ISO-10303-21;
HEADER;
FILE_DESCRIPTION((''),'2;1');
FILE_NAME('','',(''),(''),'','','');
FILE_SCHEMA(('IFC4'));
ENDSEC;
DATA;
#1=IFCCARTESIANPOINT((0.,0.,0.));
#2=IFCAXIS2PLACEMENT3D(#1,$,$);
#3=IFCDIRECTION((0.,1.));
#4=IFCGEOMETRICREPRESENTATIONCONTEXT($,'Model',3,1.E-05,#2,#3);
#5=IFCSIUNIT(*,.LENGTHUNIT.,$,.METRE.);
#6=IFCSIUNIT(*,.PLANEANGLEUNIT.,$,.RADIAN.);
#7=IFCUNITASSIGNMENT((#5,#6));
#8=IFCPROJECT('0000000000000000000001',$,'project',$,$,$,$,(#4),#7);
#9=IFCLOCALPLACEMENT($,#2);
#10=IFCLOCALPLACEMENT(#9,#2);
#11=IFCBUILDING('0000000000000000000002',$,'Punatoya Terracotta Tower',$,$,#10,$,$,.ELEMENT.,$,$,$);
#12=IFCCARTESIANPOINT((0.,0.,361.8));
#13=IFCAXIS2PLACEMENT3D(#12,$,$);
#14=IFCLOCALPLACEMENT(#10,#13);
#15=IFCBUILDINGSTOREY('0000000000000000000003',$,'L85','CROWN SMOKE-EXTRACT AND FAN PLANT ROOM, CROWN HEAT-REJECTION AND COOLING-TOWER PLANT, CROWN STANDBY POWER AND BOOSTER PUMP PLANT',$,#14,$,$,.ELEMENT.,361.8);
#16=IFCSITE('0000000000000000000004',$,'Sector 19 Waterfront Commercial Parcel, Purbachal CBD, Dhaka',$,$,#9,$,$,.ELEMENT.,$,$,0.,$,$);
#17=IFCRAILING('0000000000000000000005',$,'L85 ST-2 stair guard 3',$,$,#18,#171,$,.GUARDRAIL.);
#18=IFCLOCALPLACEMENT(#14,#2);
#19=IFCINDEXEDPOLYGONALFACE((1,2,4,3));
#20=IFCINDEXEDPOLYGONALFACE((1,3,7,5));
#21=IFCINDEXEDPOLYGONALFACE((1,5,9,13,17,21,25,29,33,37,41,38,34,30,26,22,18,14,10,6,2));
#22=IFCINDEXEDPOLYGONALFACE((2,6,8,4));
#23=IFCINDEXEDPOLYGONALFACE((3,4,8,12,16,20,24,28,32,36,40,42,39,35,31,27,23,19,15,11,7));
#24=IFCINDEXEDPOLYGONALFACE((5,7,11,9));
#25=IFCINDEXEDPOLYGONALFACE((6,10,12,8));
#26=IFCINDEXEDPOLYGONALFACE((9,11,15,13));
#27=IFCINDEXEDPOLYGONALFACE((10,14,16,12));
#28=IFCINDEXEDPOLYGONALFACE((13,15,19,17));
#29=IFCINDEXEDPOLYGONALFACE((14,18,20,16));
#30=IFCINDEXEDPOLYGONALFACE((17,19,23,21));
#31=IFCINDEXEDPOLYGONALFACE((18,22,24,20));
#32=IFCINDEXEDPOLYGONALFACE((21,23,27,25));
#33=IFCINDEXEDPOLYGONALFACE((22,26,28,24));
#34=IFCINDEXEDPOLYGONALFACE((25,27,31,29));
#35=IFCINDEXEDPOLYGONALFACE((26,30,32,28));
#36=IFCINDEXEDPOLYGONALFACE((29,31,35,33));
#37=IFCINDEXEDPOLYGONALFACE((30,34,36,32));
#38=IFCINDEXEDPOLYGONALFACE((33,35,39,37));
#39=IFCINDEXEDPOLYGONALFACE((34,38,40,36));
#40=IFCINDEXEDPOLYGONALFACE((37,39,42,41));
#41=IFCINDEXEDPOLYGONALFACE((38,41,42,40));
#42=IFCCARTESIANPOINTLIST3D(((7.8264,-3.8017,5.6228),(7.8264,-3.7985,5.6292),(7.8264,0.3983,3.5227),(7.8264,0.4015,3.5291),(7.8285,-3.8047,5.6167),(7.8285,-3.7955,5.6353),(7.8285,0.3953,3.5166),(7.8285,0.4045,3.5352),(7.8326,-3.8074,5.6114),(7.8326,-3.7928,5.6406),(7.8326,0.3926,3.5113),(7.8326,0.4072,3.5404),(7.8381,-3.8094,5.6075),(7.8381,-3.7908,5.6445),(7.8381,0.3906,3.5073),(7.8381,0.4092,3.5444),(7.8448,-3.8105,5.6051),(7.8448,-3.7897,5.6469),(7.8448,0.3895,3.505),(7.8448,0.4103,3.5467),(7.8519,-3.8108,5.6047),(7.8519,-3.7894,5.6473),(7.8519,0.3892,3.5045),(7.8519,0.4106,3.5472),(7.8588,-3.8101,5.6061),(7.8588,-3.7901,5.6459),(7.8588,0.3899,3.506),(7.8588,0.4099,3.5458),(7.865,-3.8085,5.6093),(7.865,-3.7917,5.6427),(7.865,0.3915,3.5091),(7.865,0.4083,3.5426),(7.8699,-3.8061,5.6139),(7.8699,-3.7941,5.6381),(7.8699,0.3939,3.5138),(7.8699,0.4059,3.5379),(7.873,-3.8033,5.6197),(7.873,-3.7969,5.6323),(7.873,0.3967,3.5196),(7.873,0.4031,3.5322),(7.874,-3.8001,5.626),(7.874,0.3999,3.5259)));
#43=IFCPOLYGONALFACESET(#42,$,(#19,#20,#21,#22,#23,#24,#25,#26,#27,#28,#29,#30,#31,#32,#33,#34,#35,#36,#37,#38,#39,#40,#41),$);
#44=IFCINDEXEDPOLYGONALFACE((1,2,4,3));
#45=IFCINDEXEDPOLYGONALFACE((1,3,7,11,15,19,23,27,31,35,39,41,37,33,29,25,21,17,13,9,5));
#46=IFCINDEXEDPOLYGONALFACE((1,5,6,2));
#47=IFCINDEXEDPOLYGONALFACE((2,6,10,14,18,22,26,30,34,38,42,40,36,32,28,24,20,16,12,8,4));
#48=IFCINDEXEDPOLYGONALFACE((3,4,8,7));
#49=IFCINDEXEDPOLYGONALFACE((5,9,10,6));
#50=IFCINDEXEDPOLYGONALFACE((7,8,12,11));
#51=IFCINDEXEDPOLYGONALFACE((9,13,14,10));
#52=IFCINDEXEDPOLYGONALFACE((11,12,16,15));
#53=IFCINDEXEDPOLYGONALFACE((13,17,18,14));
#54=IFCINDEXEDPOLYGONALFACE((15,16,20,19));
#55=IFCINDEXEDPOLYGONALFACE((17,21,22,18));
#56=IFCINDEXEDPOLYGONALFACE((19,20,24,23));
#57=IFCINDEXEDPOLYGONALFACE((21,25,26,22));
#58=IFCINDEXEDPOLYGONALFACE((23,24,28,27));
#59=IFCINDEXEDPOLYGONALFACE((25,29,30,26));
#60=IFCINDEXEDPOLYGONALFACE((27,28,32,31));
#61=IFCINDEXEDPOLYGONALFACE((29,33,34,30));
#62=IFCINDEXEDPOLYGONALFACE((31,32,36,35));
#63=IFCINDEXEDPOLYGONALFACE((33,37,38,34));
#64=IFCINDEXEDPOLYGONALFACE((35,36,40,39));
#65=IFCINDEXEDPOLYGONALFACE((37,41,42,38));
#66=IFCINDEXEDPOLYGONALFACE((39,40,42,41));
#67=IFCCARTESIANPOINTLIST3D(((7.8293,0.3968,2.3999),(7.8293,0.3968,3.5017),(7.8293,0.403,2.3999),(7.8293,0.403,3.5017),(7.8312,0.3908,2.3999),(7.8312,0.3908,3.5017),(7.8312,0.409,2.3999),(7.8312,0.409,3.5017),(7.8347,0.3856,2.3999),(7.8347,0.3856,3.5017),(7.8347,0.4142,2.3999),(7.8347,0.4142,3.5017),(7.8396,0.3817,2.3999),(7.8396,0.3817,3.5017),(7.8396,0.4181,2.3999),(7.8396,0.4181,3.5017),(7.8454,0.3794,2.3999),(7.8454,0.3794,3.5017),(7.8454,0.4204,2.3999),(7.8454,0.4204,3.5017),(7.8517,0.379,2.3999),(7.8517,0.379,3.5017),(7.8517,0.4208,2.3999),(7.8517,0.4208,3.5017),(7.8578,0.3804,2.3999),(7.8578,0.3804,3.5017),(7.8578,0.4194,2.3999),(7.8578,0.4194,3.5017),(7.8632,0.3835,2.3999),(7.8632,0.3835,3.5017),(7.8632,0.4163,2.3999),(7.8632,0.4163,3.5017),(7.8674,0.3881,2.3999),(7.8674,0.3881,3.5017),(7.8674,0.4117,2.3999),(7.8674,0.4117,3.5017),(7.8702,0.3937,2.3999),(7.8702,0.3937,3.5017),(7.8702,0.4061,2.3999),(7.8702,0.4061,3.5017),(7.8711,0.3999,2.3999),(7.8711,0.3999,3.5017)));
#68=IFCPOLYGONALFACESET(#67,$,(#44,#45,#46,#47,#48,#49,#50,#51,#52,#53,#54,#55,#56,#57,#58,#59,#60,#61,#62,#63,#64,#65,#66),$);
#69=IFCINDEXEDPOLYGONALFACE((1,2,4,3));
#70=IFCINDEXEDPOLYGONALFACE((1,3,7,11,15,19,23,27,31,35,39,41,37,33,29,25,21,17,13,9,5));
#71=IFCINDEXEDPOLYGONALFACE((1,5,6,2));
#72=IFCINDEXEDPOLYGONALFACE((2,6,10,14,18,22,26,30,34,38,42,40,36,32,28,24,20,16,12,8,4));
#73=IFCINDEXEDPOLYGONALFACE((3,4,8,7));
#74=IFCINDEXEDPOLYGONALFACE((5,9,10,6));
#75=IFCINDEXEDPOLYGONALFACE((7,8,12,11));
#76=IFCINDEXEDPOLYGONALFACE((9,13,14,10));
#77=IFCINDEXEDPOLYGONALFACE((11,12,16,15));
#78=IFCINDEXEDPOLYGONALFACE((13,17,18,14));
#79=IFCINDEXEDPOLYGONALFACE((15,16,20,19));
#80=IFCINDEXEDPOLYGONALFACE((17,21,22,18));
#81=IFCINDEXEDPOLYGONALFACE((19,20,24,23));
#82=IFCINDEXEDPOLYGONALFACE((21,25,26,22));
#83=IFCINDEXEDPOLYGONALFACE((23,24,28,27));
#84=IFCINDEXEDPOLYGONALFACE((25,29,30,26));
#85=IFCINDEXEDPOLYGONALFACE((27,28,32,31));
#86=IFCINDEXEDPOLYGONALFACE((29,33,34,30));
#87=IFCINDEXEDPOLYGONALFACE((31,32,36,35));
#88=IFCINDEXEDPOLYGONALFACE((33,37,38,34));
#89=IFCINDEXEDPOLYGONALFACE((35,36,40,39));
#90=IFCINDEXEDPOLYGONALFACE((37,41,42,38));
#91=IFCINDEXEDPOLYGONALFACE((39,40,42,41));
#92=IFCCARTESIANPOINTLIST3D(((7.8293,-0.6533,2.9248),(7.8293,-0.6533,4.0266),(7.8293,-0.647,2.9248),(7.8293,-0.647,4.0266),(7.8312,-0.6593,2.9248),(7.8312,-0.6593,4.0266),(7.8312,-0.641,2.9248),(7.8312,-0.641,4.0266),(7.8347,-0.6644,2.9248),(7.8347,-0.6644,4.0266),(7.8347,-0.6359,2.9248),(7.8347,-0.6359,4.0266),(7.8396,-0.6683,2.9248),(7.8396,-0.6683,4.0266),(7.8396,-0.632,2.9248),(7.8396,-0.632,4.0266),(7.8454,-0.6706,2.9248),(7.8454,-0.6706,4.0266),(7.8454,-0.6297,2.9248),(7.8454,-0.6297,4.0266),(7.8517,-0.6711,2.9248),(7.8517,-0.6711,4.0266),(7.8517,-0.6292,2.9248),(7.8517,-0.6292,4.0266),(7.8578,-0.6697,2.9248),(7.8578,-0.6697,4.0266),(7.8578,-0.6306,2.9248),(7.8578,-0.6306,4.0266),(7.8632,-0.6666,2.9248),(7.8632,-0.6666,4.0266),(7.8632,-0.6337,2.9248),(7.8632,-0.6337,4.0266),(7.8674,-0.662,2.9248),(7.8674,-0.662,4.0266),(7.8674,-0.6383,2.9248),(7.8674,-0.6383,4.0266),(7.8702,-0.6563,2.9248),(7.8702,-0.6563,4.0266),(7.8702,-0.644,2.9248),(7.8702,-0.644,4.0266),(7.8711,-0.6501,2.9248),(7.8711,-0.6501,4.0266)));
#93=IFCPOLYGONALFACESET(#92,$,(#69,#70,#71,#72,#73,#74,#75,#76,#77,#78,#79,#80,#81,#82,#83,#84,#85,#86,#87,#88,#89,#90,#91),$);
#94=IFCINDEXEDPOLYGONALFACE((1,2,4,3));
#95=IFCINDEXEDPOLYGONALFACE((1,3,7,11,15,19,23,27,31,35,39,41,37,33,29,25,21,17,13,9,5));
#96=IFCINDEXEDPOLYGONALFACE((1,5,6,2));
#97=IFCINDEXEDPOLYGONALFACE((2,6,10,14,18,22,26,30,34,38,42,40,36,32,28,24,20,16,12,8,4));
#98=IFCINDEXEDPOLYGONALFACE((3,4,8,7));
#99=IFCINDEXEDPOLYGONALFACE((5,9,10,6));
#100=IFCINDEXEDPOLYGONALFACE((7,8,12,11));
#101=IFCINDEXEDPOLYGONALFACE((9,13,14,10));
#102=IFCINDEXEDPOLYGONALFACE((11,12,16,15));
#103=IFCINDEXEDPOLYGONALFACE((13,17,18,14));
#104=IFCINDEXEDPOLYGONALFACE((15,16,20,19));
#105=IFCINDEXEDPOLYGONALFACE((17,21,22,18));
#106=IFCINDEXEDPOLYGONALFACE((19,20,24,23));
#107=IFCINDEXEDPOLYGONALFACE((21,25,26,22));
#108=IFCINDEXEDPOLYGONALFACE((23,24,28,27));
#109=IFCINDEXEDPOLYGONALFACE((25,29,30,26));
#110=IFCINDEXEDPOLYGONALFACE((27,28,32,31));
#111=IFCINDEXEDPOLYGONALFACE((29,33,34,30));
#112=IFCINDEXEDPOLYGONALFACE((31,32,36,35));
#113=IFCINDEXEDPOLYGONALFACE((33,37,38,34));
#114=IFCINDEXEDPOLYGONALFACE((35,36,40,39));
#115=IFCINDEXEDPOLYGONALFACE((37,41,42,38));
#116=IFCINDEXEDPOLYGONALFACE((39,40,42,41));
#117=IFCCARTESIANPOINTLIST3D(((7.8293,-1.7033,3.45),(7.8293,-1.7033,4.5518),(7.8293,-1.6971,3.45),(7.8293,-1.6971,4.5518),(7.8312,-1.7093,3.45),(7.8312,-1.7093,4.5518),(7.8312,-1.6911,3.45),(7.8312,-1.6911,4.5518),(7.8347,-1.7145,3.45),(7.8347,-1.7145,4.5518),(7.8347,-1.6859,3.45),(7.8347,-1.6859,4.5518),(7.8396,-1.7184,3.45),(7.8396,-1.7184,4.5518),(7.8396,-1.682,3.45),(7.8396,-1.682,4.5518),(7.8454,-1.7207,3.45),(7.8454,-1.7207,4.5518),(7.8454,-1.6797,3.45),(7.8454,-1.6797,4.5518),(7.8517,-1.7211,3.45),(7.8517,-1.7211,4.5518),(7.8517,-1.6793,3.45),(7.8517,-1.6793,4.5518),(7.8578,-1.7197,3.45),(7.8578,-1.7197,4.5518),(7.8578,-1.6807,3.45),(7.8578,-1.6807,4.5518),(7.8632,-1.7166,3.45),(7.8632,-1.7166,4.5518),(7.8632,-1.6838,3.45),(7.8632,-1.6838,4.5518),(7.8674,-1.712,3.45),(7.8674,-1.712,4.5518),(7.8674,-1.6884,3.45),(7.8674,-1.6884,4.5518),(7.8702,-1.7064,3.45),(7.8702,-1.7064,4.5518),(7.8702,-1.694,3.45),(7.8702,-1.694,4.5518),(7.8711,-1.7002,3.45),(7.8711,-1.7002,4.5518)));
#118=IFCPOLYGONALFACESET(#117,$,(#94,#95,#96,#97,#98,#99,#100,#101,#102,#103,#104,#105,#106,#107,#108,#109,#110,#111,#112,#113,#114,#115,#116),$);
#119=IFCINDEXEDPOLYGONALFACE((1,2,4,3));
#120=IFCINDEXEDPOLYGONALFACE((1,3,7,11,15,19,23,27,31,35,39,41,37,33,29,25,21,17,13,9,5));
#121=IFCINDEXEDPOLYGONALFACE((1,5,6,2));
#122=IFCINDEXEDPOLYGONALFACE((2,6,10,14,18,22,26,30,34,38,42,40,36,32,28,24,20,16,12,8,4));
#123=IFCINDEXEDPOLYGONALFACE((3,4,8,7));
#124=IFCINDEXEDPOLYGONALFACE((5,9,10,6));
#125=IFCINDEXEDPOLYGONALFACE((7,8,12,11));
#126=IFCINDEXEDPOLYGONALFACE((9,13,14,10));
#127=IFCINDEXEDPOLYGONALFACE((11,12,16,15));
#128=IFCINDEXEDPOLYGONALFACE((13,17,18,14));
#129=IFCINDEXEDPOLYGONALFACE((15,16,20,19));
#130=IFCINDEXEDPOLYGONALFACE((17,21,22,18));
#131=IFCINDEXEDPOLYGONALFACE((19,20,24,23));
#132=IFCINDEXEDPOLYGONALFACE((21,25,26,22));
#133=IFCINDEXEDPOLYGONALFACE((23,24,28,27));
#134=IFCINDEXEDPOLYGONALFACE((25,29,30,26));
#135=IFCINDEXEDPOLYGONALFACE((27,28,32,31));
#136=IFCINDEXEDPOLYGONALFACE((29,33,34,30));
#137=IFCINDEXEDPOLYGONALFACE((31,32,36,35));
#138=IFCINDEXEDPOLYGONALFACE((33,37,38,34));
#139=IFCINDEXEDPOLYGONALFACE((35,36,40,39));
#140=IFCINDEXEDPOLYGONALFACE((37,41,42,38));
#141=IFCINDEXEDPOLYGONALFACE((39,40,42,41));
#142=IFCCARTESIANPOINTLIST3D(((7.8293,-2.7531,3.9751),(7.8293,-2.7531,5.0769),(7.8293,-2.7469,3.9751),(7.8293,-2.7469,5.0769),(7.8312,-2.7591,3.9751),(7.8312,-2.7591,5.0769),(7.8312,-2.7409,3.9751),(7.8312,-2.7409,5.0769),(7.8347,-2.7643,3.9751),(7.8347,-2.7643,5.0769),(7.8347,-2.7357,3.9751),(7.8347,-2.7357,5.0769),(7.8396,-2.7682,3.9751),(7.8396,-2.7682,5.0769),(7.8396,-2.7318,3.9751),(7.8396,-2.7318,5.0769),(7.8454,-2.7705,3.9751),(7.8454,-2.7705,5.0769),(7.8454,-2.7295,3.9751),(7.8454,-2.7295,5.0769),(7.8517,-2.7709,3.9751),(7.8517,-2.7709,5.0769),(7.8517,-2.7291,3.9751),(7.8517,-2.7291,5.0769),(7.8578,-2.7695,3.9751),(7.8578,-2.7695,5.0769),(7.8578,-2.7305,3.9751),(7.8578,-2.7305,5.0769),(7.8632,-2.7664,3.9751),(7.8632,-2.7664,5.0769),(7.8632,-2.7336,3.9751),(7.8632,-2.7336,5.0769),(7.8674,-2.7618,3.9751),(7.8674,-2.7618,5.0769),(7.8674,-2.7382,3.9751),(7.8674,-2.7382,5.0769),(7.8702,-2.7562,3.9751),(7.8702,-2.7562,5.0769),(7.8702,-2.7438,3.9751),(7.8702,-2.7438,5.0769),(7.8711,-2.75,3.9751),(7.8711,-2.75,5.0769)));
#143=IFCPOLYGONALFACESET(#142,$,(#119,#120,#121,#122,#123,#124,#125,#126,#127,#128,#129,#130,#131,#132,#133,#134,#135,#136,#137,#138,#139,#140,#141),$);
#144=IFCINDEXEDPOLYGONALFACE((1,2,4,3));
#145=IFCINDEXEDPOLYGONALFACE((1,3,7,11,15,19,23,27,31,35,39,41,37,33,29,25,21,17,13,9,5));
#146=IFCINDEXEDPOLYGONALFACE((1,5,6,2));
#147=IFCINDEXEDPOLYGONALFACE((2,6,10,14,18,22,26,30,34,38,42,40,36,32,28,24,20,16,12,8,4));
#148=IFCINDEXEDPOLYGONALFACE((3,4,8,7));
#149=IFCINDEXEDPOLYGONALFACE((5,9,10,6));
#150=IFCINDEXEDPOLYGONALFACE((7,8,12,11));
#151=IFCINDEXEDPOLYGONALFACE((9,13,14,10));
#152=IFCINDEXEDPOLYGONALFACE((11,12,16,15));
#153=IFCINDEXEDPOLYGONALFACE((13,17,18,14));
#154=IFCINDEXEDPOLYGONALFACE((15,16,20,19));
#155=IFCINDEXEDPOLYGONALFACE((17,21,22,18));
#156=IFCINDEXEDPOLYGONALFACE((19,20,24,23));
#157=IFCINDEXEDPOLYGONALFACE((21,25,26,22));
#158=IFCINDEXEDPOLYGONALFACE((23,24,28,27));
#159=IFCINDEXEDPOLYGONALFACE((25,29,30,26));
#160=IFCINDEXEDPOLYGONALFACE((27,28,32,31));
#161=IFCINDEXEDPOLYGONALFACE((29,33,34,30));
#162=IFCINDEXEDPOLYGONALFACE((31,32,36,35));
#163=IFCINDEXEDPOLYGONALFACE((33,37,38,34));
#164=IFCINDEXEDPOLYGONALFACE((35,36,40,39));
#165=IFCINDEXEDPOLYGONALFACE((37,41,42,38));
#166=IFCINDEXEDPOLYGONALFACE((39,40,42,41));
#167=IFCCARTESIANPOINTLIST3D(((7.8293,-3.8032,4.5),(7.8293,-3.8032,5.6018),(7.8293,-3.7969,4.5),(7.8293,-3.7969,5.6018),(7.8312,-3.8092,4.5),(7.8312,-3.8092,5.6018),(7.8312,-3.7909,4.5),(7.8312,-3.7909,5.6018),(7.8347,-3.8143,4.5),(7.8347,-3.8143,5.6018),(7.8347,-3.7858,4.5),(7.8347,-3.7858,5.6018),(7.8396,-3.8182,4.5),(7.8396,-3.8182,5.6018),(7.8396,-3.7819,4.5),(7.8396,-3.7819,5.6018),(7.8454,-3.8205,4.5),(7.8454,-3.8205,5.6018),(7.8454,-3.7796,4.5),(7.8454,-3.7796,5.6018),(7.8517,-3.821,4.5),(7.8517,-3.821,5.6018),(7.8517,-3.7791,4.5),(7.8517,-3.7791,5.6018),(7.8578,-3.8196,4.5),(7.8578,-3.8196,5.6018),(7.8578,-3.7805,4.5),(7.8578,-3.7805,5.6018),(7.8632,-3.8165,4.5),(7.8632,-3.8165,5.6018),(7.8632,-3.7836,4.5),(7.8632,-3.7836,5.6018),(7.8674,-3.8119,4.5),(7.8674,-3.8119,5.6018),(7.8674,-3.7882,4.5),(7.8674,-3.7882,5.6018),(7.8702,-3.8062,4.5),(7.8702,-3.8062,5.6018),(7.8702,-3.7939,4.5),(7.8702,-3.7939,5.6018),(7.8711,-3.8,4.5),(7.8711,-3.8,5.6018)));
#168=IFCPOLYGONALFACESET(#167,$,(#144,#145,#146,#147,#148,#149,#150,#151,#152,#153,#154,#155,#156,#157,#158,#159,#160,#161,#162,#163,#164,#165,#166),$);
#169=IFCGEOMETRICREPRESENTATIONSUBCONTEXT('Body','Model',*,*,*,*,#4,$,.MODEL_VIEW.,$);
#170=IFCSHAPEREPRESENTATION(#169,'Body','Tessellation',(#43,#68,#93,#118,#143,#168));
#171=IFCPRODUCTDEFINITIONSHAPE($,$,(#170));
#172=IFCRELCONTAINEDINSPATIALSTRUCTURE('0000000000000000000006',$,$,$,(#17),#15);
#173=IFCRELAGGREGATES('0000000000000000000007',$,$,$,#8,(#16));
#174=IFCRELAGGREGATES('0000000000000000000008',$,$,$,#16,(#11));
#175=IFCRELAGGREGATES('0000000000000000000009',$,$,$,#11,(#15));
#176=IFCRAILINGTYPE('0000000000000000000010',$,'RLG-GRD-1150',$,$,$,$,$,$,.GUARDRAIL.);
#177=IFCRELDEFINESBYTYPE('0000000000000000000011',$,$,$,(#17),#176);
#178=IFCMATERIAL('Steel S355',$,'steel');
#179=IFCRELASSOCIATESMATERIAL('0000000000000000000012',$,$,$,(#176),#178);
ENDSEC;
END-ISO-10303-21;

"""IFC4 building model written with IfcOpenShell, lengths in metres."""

from ifc_helpers import new_model, si_unit, direction, frame, origin, origin_2d, place, context, subcontext, project, spatial, circle, extrude, material, type_object, element, save


model = new_model("IFC4")

# Units and contexts
model_context = context("Model", 3, precision=1e-05, world=origin(), true_north=direction((0.0, 1.0)))
body_context = subcontext(model_context, "Body", "Model", "MODEL_VIEW")
ifc_project = project(units=[si_unit("LENGTHUNIT", "METRE"), si_unit("PLANEANGLEUNIT", "RADIAN")], contexts=[model_context])

# Site, building, storey
site_placement = place(None, origin())
site = spatial("IfcSite", under=ifc_project, at=site_placement, Name="Sector 19 Waterfront Commercial Parcel, Purbachal CBD, Dhaka", CompositionType="ELEMENT", RefElevation=0.0)
building_placement = place(site_placement, origin())
building = spatial("IfcBuilding", under=site, at=building_placement, Name="Punatoya Terracotta Tower", CompositionType="ELEMENT")
storey_placement = place(building_placement, frame((0.0, 0.0, 361.8)))
storey = spatial("IfcBuildingStorey", under=building, at=storey_placement, Name="L85", Description="CROWN SMOKE-EXTRACT AND FAN PLANT ROOM, CROWN HEAT-REJECTION AND COOLING-TOWER PLANT, CROWN STANDBY POWER AND BOOSTER PUMP PLANT", CompositionType="ELEMENT", Elevation=361.8)

# Shared definitions
ifc_material_1 = material(Name="Steel S355", Category="steel")

# Railing
railing_type_1 = type_object("IfcRailingType", Name="RLG-GRD-1150", PredefinedType="GUARDRAIL", material=ifc_material_1)
railing_1_placement = place(storey_placement, frame((7.8501, 0.3999, 2.3999)))
element("IfcRailing", 1, at=railing_1_placement, inside=storey, type_object=railing_type_1, Name="L85 ST-2 stair guard 3", PredefinedType="GUARDRAIL", context=body_context, shape_type="SweptSolid", body=[
    extrude(circle(Radius=0.0239, at=origin_2d()), frame((0.0, 0.0, 1.126), z_axis=(0.0, -0.894417, 0.447234), x_axis=(1.0, 0.0, 0.0)), (0.0, 0.0, 1.0), 4.6958),
    extrude(circle(Radius=0.021, at=origin_2d()), origin(), (0.0, 0.0, 1.0), 1.1018),
    extrude(circle(Radius=0.021, at=origin_2d()), frame((0.0, -1.05, 0.5249)), (0.0, 0.0, 1.0), 1.1018),
    extrude(circle(Radius=0.021, at=origin_2d()), frame((0.0, -2.1001, 1.05)), (0.0, 0.0, 1.0), 1.1018),
    extrude(circle(Radius=0.021, at=origin_2d()), frame((0.0, -3.1499, 1.5752)), (0.0, 0.0, 1.0), 1.1018),
    extrude(circle(Radius=0.021, at=origin_2d()), frame((0.0, -4.2, 2.1001)), (0.0, 0.0, 1.0), 1.1018),
])

save(model, "model.ifc")
